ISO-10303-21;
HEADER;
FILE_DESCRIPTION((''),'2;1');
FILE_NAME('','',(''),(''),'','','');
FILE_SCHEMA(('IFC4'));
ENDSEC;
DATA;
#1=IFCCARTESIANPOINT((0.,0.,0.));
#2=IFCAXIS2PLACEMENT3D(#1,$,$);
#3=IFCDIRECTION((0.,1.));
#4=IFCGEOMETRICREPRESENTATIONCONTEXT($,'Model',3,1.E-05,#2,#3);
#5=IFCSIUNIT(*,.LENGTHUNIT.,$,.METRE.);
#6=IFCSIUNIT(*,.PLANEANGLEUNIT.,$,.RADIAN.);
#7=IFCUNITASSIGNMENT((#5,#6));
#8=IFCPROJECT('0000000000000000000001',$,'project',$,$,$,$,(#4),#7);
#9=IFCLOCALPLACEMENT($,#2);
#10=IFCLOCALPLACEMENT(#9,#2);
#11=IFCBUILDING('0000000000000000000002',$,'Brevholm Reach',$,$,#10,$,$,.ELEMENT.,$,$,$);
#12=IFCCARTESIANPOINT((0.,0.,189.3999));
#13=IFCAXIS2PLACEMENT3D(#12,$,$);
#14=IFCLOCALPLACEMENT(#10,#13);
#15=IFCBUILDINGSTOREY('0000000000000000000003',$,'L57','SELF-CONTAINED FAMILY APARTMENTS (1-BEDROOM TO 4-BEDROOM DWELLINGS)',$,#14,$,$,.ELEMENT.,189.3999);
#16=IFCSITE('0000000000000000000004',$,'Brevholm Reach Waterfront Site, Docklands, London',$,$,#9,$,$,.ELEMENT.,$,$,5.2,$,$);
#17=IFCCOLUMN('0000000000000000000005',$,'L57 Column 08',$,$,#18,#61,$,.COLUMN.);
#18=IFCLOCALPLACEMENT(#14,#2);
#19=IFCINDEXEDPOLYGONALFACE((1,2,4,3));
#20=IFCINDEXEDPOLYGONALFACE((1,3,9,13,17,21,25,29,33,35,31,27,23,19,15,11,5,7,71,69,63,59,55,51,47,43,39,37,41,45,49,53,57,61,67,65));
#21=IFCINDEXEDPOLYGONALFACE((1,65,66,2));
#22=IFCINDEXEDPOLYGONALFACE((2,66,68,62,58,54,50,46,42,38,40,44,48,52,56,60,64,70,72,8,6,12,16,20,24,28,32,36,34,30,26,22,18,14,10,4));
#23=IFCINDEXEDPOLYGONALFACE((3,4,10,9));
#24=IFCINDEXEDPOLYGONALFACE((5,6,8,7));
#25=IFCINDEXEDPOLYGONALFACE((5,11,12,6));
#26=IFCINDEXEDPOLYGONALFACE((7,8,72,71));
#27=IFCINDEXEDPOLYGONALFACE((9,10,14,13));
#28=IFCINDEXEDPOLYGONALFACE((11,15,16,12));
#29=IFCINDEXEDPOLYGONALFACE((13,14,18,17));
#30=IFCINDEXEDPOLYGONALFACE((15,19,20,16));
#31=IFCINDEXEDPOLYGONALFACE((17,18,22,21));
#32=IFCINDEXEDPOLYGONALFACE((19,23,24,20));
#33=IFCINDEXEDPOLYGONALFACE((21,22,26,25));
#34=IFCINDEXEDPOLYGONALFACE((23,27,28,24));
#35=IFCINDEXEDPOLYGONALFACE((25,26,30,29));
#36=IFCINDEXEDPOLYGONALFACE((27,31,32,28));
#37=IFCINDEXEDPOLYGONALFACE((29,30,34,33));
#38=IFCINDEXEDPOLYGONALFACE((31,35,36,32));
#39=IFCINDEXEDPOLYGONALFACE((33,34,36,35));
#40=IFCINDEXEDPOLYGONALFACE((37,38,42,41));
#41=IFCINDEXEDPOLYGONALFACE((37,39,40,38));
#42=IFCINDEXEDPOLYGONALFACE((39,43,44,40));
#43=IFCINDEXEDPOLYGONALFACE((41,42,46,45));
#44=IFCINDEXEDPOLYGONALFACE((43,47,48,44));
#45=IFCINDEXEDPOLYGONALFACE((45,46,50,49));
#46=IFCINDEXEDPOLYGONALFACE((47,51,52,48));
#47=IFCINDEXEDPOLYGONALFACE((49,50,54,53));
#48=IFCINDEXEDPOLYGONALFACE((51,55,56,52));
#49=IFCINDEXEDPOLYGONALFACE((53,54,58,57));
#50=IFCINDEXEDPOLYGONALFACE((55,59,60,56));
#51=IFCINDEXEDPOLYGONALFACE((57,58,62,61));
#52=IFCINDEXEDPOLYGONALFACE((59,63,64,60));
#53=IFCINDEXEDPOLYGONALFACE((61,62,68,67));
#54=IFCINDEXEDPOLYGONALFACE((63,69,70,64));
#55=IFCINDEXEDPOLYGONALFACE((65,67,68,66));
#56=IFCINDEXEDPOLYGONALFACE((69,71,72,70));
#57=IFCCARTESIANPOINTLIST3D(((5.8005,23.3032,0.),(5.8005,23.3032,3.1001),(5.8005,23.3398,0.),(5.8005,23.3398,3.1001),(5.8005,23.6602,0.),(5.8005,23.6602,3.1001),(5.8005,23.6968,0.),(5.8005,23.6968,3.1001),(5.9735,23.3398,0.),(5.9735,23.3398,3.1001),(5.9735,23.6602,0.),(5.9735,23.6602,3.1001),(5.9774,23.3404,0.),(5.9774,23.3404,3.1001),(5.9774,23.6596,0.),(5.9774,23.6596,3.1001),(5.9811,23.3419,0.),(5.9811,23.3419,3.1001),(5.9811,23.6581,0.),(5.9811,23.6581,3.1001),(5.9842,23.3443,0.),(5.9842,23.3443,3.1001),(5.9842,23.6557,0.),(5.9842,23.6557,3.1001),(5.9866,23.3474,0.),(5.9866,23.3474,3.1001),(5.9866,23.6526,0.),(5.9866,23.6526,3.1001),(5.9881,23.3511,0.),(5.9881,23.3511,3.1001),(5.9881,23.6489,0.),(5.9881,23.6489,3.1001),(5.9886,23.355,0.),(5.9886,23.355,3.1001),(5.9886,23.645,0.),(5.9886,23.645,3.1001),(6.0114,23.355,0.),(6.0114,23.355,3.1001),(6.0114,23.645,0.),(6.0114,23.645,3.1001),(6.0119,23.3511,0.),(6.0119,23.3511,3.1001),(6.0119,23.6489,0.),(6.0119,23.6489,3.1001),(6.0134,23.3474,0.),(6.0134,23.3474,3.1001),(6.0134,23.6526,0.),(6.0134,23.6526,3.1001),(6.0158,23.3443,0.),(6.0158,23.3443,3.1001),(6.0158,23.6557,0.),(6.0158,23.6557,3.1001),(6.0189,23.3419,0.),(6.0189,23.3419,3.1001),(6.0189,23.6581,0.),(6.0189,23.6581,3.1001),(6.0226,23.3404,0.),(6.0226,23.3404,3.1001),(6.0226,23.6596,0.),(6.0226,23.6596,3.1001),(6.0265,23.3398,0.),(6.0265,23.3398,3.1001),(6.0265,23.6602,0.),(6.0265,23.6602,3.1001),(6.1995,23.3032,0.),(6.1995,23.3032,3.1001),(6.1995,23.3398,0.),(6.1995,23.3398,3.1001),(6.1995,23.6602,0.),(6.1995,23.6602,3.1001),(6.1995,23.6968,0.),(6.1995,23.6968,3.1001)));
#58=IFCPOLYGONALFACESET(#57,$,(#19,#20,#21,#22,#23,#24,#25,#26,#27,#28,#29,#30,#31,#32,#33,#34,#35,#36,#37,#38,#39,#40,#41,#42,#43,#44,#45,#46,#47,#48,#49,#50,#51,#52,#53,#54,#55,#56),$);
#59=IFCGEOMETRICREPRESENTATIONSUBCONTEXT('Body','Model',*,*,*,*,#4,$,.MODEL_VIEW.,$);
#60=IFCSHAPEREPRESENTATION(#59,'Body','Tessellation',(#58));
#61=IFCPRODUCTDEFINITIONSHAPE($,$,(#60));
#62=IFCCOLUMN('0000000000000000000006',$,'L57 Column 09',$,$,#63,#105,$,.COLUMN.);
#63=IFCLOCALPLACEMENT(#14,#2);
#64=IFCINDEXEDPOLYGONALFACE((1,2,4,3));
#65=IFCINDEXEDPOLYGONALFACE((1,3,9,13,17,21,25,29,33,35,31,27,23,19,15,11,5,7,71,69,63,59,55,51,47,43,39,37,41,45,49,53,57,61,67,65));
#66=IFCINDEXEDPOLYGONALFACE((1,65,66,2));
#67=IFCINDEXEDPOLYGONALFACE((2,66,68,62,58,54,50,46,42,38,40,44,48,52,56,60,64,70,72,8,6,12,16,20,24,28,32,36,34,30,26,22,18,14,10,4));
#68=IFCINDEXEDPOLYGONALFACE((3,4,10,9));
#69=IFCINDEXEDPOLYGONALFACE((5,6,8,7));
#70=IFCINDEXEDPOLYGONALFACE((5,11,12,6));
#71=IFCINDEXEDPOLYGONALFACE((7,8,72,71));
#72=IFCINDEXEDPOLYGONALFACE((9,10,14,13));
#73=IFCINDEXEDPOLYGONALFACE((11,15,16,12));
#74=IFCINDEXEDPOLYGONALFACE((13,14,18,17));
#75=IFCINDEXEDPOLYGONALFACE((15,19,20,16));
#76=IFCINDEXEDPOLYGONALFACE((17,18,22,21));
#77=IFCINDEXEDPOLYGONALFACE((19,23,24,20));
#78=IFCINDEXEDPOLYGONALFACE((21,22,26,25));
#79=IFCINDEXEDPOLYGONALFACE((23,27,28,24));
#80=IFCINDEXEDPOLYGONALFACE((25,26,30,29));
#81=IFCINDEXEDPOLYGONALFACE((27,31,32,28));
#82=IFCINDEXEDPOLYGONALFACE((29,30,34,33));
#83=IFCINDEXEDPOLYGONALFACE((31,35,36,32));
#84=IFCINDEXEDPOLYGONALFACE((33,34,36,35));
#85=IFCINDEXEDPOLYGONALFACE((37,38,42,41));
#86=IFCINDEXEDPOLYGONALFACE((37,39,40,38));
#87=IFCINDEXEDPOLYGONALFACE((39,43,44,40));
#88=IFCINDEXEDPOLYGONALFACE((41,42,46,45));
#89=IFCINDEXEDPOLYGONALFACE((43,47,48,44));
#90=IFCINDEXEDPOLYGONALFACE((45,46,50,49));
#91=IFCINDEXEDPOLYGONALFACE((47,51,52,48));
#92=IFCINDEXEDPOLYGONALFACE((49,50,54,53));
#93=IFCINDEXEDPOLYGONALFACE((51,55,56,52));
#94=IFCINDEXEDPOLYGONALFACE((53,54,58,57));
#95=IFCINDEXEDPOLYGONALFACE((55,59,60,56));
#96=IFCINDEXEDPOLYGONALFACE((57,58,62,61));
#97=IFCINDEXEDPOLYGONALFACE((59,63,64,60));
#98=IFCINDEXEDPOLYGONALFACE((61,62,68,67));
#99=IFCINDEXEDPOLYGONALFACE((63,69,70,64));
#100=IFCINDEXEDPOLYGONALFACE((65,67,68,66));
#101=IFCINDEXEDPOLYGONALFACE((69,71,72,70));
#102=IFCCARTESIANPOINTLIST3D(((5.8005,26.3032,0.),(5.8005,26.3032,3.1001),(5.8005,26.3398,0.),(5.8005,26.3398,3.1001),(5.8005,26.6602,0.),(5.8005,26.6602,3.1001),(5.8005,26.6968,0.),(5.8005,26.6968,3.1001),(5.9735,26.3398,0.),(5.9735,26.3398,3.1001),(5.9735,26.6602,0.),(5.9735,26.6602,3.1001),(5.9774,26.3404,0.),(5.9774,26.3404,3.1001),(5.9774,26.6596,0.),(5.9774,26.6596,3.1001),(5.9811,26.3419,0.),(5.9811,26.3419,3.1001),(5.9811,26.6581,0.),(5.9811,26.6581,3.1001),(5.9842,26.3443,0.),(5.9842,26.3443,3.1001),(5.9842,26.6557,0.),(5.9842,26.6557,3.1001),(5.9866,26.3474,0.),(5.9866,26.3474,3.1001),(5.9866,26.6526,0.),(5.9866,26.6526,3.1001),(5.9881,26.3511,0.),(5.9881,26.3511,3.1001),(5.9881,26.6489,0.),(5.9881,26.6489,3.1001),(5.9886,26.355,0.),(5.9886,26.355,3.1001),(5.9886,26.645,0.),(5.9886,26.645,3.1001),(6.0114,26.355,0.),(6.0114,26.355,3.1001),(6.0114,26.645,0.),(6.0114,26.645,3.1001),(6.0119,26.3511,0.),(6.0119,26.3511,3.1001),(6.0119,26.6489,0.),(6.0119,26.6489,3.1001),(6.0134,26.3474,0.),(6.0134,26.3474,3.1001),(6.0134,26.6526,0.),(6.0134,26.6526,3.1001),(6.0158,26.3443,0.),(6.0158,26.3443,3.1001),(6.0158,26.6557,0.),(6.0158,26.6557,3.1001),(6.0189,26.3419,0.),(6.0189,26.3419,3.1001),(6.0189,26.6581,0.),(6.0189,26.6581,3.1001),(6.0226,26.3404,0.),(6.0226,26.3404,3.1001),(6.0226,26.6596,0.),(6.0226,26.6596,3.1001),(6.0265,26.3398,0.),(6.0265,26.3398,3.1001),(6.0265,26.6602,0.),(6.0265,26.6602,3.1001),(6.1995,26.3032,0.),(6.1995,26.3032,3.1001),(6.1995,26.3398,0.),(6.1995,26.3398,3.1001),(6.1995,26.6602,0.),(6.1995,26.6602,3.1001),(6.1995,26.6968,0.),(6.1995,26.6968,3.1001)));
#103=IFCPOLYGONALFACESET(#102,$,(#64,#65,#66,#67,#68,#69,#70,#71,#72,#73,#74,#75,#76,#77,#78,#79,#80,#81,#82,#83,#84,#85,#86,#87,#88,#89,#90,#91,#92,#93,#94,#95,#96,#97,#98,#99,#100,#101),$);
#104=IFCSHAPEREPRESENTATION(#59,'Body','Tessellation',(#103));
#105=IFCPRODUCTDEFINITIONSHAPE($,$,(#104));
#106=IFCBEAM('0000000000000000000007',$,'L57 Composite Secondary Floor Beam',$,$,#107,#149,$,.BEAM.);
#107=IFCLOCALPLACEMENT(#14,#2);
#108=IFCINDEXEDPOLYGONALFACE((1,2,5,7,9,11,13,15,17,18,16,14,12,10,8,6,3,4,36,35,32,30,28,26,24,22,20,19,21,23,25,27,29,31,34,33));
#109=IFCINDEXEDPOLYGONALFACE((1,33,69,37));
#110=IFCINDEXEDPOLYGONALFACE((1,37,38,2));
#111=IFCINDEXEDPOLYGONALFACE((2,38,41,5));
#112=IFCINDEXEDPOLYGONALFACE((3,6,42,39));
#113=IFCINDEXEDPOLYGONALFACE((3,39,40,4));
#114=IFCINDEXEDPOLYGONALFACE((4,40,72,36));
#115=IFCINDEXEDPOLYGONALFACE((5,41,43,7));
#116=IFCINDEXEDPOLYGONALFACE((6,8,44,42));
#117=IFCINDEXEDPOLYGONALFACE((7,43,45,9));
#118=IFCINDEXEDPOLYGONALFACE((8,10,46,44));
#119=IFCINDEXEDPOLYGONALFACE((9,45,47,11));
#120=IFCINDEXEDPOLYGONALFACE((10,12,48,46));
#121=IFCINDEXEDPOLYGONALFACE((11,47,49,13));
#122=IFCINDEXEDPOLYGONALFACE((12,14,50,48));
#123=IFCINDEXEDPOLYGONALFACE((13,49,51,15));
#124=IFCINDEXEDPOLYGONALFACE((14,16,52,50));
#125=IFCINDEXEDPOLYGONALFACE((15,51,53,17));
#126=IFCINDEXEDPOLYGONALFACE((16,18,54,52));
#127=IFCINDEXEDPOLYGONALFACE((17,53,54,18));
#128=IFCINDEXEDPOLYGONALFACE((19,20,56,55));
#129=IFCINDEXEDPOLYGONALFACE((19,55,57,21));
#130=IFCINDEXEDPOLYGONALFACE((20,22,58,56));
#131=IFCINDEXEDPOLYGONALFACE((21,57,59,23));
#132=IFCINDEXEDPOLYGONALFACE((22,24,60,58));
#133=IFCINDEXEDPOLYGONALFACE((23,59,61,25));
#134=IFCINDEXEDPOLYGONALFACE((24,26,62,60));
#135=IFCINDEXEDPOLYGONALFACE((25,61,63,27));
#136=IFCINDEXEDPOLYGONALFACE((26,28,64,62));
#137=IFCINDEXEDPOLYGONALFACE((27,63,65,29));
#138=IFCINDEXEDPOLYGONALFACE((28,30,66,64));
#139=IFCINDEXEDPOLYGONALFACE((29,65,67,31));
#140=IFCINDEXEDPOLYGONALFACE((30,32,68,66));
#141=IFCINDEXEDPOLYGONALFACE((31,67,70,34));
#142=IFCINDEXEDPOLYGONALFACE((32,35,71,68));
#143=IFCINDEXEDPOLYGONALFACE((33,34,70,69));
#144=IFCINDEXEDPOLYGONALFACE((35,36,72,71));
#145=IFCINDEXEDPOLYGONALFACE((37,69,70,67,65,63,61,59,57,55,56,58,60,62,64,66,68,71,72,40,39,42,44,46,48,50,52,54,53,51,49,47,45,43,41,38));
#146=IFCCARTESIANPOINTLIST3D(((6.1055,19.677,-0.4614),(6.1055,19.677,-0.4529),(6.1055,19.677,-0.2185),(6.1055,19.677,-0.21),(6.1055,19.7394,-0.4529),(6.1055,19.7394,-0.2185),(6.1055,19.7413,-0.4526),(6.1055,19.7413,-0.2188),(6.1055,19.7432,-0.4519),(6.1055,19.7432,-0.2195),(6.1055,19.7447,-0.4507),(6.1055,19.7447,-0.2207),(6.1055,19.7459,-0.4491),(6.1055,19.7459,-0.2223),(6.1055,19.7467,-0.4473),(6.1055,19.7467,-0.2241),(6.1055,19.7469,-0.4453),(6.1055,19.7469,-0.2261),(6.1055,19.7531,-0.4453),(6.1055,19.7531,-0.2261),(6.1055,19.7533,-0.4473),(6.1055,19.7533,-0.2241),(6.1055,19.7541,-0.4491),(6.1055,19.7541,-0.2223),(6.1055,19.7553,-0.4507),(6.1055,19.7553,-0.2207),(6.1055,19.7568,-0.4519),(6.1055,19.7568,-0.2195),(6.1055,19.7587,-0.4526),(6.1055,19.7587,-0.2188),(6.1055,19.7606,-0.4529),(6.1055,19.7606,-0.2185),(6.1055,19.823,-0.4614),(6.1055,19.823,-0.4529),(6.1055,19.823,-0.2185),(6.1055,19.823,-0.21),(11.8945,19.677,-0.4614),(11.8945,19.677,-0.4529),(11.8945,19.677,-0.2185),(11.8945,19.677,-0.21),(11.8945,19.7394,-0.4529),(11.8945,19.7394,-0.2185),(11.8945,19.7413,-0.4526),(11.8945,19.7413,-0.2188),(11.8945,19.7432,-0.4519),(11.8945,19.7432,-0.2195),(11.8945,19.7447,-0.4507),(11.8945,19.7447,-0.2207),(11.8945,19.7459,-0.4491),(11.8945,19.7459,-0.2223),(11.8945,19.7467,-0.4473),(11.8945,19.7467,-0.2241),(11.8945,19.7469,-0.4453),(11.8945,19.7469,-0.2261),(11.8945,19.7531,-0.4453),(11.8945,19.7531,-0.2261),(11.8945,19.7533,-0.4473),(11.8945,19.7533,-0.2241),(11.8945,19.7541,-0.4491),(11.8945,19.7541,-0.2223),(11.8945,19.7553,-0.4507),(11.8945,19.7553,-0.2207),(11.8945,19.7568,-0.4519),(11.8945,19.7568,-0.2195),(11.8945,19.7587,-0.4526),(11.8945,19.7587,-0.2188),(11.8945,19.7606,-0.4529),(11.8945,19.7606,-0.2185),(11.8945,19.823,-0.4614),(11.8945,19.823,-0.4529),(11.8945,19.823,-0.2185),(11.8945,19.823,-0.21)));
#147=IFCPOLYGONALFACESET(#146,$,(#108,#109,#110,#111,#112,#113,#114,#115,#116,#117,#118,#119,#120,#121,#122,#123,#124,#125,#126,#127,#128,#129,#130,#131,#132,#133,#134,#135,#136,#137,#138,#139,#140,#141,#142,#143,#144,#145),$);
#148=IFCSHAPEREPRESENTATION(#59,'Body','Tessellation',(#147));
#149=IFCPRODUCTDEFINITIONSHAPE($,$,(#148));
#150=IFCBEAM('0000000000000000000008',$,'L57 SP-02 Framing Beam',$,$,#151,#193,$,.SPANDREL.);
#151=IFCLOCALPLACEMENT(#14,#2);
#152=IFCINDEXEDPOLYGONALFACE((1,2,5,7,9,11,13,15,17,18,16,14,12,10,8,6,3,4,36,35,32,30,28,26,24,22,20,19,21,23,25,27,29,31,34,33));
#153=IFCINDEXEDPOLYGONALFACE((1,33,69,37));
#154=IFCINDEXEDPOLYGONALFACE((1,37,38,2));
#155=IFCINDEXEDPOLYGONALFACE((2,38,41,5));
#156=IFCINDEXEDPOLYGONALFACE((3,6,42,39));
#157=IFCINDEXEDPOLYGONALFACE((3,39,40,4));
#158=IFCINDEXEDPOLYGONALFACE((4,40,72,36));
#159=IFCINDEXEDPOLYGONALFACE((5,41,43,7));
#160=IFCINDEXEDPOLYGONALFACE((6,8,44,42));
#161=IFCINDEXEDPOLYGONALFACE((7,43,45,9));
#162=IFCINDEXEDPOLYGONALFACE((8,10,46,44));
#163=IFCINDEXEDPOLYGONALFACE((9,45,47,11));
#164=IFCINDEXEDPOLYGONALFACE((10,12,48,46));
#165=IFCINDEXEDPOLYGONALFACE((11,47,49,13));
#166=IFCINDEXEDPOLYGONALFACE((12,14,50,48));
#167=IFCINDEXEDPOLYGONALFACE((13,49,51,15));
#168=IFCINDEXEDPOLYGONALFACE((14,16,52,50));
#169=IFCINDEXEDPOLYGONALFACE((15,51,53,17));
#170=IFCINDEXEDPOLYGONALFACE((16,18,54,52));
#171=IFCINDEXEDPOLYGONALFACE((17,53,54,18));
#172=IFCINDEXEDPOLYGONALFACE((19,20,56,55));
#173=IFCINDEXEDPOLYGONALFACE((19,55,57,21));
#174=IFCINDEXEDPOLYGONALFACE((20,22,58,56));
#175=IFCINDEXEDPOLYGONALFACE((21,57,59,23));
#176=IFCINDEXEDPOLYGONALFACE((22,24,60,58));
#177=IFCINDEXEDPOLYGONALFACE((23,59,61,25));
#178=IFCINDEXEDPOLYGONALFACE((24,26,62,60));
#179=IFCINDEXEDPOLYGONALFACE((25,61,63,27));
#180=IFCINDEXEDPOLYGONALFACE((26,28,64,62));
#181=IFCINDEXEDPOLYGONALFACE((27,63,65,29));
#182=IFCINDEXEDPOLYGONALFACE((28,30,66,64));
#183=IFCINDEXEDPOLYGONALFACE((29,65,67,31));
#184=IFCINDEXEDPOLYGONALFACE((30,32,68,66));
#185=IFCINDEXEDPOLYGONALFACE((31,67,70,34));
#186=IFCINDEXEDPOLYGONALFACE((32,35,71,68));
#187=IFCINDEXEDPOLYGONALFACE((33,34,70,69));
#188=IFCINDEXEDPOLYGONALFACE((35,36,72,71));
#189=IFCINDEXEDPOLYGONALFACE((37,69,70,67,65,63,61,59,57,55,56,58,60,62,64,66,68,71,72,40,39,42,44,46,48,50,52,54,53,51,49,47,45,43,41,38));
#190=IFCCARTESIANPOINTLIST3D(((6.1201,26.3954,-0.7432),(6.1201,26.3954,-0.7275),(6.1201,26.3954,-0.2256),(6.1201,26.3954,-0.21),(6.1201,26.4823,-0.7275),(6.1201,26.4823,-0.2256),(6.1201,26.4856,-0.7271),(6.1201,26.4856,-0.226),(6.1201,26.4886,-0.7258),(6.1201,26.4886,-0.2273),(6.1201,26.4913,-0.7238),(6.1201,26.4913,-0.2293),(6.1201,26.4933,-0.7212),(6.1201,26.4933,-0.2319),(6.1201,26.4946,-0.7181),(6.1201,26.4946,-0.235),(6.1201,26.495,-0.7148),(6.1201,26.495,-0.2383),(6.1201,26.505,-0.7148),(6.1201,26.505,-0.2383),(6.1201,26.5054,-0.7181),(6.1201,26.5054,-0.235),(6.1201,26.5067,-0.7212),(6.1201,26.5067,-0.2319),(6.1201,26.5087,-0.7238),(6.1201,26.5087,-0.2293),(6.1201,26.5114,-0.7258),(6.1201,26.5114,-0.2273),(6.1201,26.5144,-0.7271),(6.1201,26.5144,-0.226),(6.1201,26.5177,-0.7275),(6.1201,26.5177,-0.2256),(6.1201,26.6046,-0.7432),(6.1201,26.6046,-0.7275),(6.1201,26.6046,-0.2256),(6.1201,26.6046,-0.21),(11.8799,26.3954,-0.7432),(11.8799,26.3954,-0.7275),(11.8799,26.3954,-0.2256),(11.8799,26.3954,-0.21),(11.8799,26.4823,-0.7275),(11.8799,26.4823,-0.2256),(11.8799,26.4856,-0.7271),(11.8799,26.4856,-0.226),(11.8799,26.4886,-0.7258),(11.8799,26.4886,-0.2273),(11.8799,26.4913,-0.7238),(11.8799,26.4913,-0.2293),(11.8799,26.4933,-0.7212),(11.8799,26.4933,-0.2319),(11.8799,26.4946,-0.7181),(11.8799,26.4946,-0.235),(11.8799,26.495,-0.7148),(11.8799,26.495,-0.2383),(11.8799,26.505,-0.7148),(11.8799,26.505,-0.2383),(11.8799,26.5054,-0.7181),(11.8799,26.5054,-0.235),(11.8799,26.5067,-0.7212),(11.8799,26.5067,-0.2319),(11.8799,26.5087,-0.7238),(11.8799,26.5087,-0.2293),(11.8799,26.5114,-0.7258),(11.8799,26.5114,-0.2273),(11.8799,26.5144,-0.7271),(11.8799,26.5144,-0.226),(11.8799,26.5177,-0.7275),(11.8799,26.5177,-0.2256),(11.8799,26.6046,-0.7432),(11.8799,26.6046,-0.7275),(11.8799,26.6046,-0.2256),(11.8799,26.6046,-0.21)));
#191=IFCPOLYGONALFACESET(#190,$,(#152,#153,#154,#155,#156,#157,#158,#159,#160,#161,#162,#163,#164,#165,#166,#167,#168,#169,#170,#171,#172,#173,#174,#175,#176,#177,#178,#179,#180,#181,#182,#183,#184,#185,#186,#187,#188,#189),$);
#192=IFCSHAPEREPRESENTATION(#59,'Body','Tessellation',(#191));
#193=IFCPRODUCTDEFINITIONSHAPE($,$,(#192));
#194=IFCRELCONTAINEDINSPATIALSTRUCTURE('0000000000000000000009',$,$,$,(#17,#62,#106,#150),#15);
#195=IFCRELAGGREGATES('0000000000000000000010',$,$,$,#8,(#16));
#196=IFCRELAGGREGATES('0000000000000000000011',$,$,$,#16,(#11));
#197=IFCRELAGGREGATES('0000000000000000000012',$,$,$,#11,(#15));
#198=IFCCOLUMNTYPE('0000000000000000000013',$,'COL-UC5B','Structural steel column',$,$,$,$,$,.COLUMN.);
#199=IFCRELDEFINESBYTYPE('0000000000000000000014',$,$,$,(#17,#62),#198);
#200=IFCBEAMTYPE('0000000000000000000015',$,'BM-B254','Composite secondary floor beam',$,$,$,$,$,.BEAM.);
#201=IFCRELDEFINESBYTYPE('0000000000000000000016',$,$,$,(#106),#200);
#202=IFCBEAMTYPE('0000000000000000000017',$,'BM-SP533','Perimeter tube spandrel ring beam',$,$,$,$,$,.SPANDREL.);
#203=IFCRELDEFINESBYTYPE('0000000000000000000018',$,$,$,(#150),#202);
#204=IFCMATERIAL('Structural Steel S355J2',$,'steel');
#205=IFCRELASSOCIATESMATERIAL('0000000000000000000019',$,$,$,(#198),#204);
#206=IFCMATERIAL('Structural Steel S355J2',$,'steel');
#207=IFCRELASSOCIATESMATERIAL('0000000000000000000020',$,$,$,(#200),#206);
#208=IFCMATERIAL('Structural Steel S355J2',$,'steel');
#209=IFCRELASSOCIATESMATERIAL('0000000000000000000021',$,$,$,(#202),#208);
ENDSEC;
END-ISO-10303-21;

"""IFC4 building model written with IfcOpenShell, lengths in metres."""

from ifc_helpers import new_model, si_unit, direction, frame, origin, origin_2d, place, context, subcontext, project, spatial, i_section, extrude, material, material_profile, profile_set, type_object, element, save


model = new_model("IFC4")

# Units and contexts
model_context = context("Model", 3, precision=1e-05, world=origin(), true_north=direction((0.0, 1.0)))
body_context = subcontext(model_context, "Body", "Model", "MODEL_VIEW")
ifc_project = project(units=[si_unit("LENGTHUNIT", "METRE"), si_unit("PLANEANGLEUNIT", "RADIAN")], contexts=[model_context])

# Site, building, storey
site_placement = place(None, origin())
site = spatial("IfcSite", under=ifc_project, at=site_placement, Name="Brevholm Reach Waterfront Site, Docklands, London", CompositionType="ELEMENT", RefElevation=5.2)
building_placement = place(site_placement, origin())
building = spatial("IfcBuilding", under=site, at=building_placement, Name="Brevholm Reach", CompositionType="ELEMENT")
storey_placement = place(building_placement, frame((0.0, 0.0, 189.3999)))
storey = spatial("IfcBuildingStorey", under=building, at=storey_placement, Name="L57", Description="SELF-CONTAINED FAMILY APARTMENTS (1-BEDROOM TO 4-BEDROOM DWELLINGS)", CompositionType="ELEMENT", Elevation=189.3999)

# Columns
ifc_material_1 = material(Name="Structural Steel S355J2", Category="steel")
ifc_material_profile_1 = material_profile(ifc_material_1, i_section(OverallWidth=0.3989, OverallDepth=0.3936, WebThickness=0.0227, FlangeThickness=0.0366, FilletRadius=0.0151, at=origin_2d()), Name="UKC 356x406x287")
ifc_profile_set_1 = profile_set([ifc_material_profile_1], Name="Structural Steel S355J2")
column_type = type_object("IfcColumnType", Name="COL-UC5B", Description="Structural steel column", PredefinedType="COLUMN", material=ifc_profile_set_1)
for number, where, z_axis, x_axis, name in (
    (1, (6.0, 23.5, 0.0), (0.0, 0.0, 1.0), (1.0, 0.0, 0.0), "L57 Column 08"),
    (2, (6.0, 26.5, 0.0), (0.0, 0.0, 1.0), (1.0, 0.0, 0.0), "L57 Column 09"),
):
    element("IfcColumn", number, at=place(storey_placement, frame(where, z_axis=z_axis, x_axis=x_axis)), inside=storey, type_object=column_type, Name=name, PredefinedType="COLUMN", context=body_context, shape_type="SweptSolid", body=[
        extrude(i_section(OverallWidth=0.3989, OverallDepth=0.3936, WebThickness=0.0227, FlangeThickness=0.0366, FilletRadius=0.0151, at=origin_2d()), origin(), (0.0, 0.0, 1.0), 3.1001),
    ])

# Beams
ifc_material_2 = material(Name="Structural Steel S355J2", Category="steel")
ifc_material_profile_2 = material_profile(ifc_material_2, i_section(OverallWidth=0.146, OverallDepth=0.2515, WebThickness=0.0061, FlangeThickness=0.0085, FilletRadius=0.0076, at=origin_2d()), Name="UKB 254x146x31")
ifc_profile_set_2 = profile_set([ifc_material_profile_2], Name="Structural Steel S355J2")
beam_type_1 = type_object("IfcBeamType", Name="BM-B254", Description="Composite secondary floor beam", PredefinedType="BEAM", material=ifc_profile_set_2)
beam_1_placement = place(storey_placement, frame((6.1055, 19.75, -0.3357), z_axis=(1.0, 0.0, 0.0), x_axis=(0.0, 1.0, 0.0)))
element("IfcBeam", 3, at=beam_1_placement, inside=storey, type_object=beam_type_1, Name="L57 Composite Secondary Floor Beam", PredefinedType="BEAM", context=body_context, shape_type="SweptSolid", body=[
    extrude(i_section(OverallWidth=0.146, OverallDepth=0.2515, WebThickness=0.0061, FlangeThickness=0.0085, FilletRadius=0.0076, at=origin_2d()), origin(), (0.0, 0.0, 1.0), 5.7891),
])
ifc_material_3 = material(Name="Structural Steel S355J2", Category="steel")
ifc_material_profile_3 = material_profile(ifc_material_3, i_section(OverallWidth=0.2092, OverallDepth=0.5332, WebThickness=0.01, FlangeThickness=0.0156, FilletRadius=0.0127, at=origin_2d()), Name="UKB 533x210x92")
ifc_profile_set_3 = profile_set([ifc_material_profile_3], Name="Structural Steel S355J2")
beam_type_2 = type_object("IfcBeamType", Name="BM-SP533", Description="Perimeter tube spandrel ring beam", PredefinedType="SPANDREL", material=ifc_profile_set_3)
beam_2_placement = place(storey_placement, frame((6.1201, 26.5, -0.4766), z_axis=(1.0, 0.0, 0.0), x_axis=(0.0, 1.0, 0.0)))
element("IfcBeam", 4, at=beam_2_placement, inside=storey, type_object=beam_type_2, Name="L57 SP-02 Framing Beam", PredefinedType="SPANDREL", context=body_context, shape_type="SweptSolid", body=[
    extrude(i_section(OverallWidth=0.2092, OverallDepth=0.5332, WebThickness=0.01, FlangeThickness=0.0156, FilletRadius=0.0127, at=origin_2d()), origin(), (0.0, 0.0, 1.0), 5.7598),
])

save(model, "model.ifc")
